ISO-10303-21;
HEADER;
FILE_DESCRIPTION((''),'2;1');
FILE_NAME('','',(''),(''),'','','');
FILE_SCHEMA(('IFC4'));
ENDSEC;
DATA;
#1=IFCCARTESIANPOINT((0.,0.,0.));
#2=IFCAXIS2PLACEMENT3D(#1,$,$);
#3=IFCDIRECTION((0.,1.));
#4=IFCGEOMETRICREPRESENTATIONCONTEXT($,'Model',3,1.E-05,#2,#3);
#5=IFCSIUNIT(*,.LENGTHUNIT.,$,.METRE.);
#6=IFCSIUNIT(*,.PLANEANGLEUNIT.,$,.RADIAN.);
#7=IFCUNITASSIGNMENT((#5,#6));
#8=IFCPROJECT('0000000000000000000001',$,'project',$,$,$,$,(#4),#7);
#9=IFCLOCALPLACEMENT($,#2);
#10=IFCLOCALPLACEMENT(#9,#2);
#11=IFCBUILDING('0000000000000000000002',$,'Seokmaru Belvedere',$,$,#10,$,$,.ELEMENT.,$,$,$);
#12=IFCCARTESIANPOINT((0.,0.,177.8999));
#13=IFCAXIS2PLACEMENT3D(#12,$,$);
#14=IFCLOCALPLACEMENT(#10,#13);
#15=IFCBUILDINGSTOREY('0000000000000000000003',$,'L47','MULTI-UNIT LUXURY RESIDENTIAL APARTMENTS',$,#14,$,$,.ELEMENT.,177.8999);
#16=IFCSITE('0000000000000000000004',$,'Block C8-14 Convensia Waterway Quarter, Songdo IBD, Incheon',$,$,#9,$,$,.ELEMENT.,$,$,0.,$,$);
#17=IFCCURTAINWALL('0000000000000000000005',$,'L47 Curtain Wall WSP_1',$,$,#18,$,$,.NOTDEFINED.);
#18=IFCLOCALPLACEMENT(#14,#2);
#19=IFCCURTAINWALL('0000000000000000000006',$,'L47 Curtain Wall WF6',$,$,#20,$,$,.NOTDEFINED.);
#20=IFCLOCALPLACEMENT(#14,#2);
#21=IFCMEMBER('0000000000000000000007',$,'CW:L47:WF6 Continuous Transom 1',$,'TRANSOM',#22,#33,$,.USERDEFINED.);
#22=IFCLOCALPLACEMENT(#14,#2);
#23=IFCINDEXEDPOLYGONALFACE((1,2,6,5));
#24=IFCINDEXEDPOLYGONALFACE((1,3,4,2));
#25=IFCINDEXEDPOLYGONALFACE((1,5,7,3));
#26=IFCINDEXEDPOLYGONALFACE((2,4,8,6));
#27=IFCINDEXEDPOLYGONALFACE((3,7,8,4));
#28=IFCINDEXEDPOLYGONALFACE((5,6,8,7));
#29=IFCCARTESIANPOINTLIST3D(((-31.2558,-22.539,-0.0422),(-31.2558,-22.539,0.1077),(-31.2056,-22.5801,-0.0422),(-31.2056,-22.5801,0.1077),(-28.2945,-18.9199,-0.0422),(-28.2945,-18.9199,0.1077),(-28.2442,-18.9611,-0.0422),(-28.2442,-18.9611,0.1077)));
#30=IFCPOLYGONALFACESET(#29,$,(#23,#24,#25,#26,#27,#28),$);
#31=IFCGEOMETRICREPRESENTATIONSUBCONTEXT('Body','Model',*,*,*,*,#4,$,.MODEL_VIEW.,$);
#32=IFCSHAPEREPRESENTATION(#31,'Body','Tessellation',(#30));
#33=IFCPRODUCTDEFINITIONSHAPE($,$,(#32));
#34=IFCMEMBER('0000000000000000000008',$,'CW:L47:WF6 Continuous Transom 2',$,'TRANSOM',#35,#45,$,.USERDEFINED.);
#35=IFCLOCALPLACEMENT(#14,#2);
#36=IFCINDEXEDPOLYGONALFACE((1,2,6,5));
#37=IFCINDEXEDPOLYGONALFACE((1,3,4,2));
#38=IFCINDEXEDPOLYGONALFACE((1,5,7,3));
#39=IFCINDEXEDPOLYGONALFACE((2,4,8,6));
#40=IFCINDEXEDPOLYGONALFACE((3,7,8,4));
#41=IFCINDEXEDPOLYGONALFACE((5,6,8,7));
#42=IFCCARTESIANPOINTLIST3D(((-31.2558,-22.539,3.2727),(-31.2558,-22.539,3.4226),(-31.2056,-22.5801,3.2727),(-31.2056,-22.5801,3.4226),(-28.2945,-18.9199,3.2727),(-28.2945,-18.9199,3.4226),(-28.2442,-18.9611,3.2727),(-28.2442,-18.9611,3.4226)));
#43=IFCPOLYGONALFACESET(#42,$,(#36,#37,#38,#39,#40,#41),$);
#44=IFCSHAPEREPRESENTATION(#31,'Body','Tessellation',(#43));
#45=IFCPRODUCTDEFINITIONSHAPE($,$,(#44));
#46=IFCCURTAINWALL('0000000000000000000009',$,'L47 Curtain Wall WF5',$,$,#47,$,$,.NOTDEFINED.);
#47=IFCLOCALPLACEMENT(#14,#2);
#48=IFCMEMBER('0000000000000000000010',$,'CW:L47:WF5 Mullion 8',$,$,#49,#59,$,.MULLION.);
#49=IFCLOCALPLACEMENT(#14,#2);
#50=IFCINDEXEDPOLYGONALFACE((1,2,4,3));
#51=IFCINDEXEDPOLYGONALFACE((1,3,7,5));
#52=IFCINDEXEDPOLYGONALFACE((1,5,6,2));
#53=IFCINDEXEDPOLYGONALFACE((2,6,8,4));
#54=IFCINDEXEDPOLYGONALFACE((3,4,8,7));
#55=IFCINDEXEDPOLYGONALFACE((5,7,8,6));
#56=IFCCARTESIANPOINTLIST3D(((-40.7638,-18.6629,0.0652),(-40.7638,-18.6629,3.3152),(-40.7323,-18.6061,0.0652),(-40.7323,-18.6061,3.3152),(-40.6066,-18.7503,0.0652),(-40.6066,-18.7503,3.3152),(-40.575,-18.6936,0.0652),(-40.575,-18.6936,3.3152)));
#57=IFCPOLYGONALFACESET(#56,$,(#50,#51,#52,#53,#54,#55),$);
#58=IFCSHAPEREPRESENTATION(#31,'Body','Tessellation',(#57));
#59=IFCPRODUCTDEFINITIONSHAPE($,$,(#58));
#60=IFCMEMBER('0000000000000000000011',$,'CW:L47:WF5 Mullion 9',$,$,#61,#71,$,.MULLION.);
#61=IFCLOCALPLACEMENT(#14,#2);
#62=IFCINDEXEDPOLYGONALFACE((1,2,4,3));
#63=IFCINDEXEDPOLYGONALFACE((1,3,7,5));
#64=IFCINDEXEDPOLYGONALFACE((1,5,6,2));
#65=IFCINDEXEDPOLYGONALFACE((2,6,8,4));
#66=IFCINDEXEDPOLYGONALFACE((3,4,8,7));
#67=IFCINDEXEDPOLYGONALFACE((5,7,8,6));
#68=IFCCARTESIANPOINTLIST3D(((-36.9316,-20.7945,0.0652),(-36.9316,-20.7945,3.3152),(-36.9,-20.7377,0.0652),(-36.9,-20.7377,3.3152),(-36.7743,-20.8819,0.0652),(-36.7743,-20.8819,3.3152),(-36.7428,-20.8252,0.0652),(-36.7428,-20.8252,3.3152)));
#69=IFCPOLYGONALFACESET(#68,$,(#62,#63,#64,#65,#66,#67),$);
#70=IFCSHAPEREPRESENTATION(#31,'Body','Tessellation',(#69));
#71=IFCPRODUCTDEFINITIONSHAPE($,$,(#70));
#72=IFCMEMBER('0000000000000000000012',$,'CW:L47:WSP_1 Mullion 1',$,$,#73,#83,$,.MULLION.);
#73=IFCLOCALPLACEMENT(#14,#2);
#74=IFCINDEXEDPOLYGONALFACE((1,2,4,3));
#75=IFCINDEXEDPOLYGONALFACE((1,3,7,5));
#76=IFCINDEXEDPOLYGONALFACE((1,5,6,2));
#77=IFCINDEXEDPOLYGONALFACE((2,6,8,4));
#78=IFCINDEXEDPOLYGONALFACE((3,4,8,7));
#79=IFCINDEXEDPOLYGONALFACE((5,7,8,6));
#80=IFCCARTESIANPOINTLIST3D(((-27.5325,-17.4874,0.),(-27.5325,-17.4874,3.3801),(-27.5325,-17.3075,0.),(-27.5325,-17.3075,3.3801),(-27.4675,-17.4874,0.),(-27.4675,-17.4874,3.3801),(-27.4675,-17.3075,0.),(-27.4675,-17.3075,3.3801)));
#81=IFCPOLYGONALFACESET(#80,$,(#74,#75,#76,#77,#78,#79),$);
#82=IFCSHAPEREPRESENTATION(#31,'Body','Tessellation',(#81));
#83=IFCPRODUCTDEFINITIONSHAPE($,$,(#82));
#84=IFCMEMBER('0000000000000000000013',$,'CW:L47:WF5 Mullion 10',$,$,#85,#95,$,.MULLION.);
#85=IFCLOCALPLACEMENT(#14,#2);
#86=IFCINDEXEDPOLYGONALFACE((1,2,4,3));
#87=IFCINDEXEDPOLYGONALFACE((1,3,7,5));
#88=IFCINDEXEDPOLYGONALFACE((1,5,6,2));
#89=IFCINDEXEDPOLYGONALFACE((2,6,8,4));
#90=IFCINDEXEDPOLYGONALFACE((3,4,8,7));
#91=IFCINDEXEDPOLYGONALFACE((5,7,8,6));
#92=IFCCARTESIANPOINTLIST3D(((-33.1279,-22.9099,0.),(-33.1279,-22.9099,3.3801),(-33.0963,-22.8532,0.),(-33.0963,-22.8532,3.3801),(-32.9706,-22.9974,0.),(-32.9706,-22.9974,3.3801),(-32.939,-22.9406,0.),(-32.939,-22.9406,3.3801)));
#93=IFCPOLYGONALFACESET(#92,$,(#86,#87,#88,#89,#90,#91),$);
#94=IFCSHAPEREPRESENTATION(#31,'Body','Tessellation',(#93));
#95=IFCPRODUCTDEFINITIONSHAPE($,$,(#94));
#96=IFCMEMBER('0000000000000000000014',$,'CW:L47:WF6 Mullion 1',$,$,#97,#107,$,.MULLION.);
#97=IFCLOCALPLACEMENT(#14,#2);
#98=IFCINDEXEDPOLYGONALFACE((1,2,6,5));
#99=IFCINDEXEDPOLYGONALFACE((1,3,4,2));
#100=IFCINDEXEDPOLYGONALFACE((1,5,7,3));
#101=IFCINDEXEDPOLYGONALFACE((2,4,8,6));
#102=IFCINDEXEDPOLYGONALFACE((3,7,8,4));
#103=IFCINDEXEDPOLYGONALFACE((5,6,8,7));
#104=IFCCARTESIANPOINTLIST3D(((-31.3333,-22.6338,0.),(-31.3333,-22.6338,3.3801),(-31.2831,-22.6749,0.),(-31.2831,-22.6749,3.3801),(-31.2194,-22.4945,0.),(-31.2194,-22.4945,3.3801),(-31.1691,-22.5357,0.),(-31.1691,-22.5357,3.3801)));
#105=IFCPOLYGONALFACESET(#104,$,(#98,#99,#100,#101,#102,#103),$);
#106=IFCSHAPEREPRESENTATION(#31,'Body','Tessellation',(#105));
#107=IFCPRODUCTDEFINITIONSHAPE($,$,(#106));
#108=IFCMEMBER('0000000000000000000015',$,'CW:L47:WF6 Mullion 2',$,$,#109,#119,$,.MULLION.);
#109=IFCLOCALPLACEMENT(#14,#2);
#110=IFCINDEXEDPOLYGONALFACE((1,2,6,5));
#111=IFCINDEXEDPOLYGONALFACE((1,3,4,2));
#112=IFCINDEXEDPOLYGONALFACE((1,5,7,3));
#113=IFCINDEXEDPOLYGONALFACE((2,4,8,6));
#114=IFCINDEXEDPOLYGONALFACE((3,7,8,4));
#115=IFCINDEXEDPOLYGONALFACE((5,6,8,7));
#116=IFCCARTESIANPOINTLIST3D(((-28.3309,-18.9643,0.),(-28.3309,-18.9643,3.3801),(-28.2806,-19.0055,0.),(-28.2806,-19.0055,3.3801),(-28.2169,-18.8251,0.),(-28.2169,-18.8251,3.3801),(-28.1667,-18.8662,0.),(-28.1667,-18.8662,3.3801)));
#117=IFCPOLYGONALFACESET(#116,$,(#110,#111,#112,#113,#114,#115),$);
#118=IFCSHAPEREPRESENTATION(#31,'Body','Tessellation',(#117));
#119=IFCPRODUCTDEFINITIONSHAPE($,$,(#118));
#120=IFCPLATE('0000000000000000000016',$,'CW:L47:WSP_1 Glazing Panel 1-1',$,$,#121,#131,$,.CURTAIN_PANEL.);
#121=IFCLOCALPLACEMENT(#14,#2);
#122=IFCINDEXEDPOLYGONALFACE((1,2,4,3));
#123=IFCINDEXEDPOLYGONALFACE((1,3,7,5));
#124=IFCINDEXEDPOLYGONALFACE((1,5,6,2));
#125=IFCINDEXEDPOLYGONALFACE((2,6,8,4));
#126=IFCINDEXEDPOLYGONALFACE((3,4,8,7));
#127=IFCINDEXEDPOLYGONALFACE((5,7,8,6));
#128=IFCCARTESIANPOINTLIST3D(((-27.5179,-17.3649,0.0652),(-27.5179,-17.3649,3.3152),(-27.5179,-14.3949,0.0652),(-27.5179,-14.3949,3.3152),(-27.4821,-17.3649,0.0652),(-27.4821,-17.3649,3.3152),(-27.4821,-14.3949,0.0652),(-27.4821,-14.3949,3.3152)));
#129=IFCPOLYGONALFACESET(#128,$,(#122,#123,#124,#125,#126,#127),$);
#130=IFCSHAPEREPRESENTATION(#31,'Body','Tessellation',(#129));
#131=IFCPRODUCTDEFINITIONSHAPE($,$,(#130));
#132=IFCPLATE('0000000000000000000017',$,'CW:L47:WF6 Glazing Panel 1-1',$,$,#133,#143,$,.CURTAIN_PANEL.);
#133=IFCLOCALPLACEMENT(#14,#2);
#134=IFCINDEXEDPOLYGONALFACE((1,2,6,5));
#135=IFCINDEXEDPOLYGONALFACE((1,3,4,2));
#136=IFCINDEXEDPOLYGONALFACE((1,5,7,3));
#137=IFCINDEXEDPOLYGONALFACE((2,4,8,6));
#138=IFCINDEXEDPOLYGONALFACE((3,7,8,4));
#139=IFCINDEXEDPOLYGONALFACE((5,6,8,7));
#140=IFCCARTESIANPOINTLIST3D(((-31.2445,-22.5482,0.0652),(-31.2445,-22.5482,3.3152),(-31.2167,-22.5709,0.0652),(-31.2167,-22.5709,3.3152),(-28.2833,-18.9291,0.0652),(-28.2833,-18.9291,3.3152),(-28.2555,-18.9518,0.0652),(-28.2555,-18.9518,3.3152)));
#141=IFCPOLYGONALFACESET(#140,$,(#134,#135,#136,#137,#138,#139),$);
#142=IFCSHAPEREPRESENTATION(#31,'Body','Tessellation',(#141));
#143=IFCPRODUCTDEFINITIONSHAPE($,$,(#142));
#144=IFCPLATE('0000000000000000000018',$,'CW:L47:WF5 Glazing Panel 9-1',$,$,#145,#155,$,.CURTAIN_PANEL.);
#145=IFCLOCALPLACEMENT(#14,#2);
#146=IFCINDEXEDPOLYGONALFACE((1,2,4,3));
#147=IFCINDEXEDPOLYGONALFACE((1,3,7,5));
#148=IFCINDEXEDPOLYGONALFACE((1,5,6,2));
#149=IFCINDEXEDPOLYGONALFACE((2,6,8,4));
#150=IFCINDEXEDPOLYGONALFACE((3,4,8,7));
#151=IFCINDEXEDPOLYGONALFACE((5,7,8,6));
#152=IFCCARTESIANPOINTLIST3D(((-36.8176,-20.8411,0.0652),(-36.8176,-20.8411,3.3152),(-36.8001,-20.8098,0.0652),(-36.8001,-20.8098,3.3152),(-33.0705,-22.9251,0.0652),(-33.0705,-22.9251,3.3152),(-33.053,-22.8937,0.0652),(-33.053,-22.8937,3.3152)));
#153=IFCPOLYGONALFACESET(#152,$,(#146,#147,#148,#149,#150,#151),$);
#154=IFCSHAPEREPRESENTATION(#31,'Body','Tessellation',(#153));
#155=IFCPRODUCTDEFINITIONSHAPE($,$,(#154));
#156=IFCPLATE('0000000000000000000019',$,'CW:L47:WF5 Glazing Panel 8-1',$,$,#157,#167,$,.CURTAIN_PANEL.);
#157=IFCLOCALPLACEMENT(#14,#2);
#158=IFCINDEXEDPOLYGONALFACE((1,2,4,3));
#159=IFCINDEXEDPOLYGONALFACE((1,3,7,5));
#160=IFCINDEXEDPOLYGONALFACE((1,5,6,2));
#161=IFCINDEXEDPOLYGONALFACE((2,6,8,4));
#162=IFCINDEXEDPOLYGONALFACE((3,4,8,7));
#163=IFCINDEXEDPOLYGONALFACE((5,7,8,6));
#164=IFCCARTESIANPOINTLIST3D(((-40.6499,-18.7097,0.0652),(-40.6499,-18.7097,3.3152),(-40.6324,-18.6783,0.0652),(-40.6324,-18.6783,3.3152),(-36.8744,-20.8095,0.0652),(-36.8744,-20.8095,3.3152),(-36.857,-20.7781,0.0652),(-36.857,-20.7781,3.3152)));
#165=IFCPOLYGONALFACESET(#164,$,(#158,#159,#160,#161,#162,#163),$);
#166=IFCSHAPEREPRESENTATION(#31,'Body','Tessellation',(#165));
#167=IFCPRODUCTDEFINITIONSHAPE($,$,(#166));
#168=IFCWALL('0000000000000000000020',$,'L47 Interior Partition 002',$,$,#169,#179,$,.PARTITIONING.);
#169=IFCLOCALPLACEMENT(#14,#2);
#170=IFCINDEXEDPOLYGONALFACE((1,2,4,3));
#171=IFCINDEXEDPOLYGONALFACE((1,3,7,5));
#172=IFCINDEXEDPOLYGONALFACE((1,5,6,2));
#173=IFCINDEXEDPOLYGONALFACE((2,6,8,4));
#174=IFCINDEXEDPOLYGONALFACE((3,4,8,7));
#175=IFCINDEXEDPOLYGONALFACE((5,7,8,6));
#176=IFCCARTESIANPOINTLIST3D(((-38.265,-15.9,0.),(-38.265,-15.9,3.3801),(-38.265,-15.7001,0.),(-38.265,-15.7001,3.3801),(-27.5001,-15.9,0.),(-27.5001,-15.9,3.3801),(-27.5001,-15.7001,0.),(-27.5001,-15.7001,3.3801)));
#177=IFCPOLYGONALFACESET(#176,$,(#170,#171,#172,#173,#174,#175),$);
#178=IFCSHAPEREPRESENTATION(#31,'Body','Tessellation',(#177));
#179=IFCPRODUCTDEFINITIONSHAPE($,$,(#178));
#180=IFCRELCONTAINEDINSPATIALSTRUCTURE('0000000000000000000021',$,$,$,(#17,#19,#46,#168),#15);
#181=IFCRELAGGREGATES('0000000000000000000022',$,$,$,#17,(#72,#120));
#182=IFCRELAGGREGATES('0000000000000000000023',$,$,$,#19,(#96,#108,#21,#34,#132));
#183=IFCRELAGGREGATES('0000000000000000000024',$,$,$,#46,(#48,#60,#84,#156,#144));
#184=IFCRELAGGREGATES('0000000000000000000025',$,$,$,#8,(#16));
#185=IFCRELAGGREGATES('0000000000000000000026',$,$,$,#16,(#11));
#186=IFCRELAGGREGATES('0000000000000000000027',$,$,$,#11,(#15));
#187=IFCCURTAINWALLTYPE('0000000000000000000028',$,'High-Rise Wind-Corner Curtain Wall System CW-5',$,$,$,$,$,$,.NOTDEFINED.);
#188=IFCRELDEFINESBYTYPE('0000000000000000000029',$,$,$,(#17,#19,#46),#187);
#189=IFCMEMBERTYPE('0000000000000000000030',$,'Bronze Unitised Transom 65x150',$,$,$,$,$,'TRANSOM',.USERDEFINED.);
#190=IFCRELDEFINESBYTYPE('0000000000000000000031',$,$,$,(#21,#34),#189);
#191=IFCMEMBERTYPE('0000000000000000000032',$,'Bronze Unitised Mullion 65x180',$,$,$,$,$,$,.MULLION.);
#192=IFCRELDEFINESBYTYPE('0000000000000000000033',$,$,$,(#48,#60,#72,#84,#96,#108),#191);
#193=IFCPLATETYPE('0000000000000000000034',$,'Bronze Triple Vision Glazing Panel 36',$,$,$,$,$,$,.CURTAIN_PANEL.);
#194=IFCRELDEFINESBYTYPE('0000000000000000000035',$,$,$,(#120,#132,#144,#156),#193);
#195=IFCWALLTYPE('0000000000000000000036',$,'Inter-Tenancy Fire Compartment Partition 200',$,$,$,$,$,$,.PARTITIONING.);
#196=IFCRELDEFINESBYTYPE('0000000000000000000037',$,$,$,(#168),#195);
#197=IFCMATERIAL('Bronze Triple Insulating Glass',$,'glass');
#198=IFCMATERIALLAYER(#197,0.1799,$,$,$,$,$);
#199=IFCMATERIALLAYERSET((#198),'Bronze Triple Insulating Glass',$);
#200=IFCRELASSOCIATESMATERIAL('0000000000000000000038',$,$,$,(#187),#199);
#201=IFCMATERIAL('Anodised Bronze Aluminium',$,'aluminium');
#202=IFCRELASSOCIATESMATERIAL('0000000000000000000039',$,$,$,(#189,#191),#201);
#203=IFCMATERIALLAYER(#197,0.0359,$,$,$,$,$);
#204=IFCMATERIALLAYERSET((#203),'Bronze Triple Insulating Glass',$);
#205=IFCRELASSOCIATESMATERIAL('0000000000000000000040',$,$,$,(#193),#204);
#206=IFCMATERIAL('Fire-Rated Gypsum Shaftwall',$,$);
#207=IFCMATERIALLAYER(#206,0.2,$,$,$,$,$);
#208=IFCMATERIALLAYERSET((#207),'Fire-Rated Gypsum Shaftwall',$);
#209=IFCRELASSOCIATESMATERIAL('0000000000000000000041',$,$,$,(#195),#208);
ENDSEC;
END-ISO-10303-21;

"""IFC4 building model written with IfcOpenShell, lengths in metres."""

from ifc_helpers import new_model, si_unit, direction, frame, frame_2d, origin, origin_2d, place, context, subcontext, project, spatial, rectangle, extrude, source, transform, mapped, material, layer, layer_set, material_profile, profile_set, type_object, type_shapes, element, aggregate, save


model = new_model("IFC4")

# Units and contexts
model_context = context("Model", 3, precision=1e-05, world=origin(), true_north=direction((0.0, 1.0)))
body_context = subcontext(model_context, "Body", "Model", "MODEL_VIEW")
ifc_project = project(units=[si_unit("LENGTHUNIT", "METRE"), si_unit("PLANEANGLEUNIT", "RADIAN")], contexts=[model_context])

# Site, building, storey
site_placement = place(None, origin())
site = spatial("IfcSite", under=ifc_project, at=site_placement, Name="Block C8-14 Convensia Waterway Quarter, Songdo IBD, Incheon", CompositionType="ELEMENT", RefElevation=0.0)
building_placement = place(site_placement, origin())
building = spatial("IfcBuilding", under=site, at=building_placement, Name="Seokmaru Belvedere", CompositionType="ELEMENT")
storey_placement = place(building_placement, frame((0.0, 0.0, 177.8999)))
storey = spatial("IfcBuildingStorey", under=building, at=storey_placement, Name="L47", Description="MULTI-UNIT LUXURY RESIDENTIAL APARTMENTS", CompositionType="ELEMENT", Elevation=177.8999)

# Curtain walls, members
ifc_material_1 = material(Name="Bronze Triple Insulating Glass", Category="glass")
ifc_layer_1 = layer(ifc_material_1, 0.1799)
ifc_layer_set_1 = layer_set([ifc_layer_1], Name="Bronze Triple Insulating Glass")
curtain_wall_type = type_object("IfcCurtainWallType", Name="High-Rise Wind-Corner Curtain Wall System CW-5", PredefinedType="NOTDEFINED", material=ifc_layer_set_1)
curtain_wall_1_placement = place(storey_placement, origin())
curtain_wall_1 = element("IfcCurtainWall", 1, at=curtain_wall_1_placement, inside=storey, type_object=curtain_wall_type, Name="L47 Curtain Wall WSP_1", PredefinedType="NOTDEFINED")
ifc_material_2 = material(Name="Anodised Bronze Aluminium", Category="aluminium")
ifc_material_profile_1 = material_profile(ifc_material_2, rectangle(XDim=0.0649, YDim=0.1499, at=origin_2d()), Name="CW-T-65x150")
ifc_profile_set_1 = profile_set([ifc_material_profile_1], Name="Anodised Bronze Aluminium")
member_type_1 = type_object("IfcMemberType", Name="Bronze Unitised Transom 65x150", ElementType="TRANSOM", PredefinedType="USERDEFINED", material=ifc_profile_set_1)
curtain_wall_2_placement = place(storey_placement, origin())
curtain_wall_2 = element("IfcCurtainWall", 2, at=curtain_wall_2_placement, inside=storey, type_object=curtain_wall_type, Name="L47 Curtain Wall WF6", PredefinedType="NOTDEFINED")
shared_shape_1 = source(origin(), body_context, "Body", "SweptSolid", [
    extrude(rectangle(XDim=0.0649, YDim=0.1499, at=origin_2d()), origin(), (0.0, 0.0, 1.0), 4.6763),
])
member_1_placement = place(storey_placement, frame((-31.2307, -22.5596, 0.0327), z_axis=(0.633278, 0.773925, 0.0), x_axis=(-0.773925, 0.633278, 0.0)))
member_1 = element("IfcMember", 3, at=member_1_placement, type_object=member_type_1, Name="CW:L47:WF6 Continuous Transom 1", ObjectType="TRANSOM", PredefinedType="USERDEFINED", context=body_context, shape_type="MappedRepresentation", body=[
    mapped(shared_shape_1, transform((0.0, 0.0, 0.0), scale=1.0)),
])
member_2_placement = place(storey_placement, frame((-31.2307, -22.5596, 3.3477), z_axis=(0.633278, 0.773925, 0.0), x_axis=(-0.773925, 0.633278, 0.0)))
member_2 = element("IfcMember", 4, at=member_2_placement, type_object=member_type_1, Name="CW:L47:WF6 Continuous Transom 2", ObjectType="TRANSOM", PredefinedType="USERDEFINED", context=body_context, shape_type="MappedRepresentation", body=[
    mapped(shared_shape_1, transform((0.0, 0.0, 0.0), scale=1.0)),
])
curtain_wall_3_placement = place(storey_placement, origin())
curtain_wall_3 = element("IfcCurtainWall", 5, at=curtain_wall_3_placement, inside=storey, type_object=curtain_wall_type, Name="L47 Curtain Wall WF5", PredefinedType="NOTDEFINED")
ifc_material_profile_2 = material_profile(ifc_material_2, rectangle(XDim=0.0649, YDim=0.1799, at=origin_2d()), Name="CW-M-65x180")
ifc_profile_set_2 = profile_set([ifc_material_profile_2], Name="Anodised Bronze Aluminium")
member_type_2 = type_object("IfcMemberType", Name="Bronze Unitised Mullion 65x180", PredefinedType="MULLION", material=ifc_profile_set_2)
shared_shape_2 = source(origin(), body_context, "Body", "SweptSolid", [
    extrude(rectangle(XDim=0.0649, YDim=0.1799, at=origin_2d()), origin(), (0.0, 0.0, 1.0), 3.25),
])
member_3_placement = place(storey_placement, frame((-40.6694, -18.6782, 0.0652), z_axis=(0.0, 0.0, 1.0), x_axis=(0.486047, 0.873933, 0.0)))
member_3 = element("IfcMember", 6, at=member_3_placement, type_object=member_type_2, Name="CW:L47:WF5 Mullion 8", PredefinedType="MULLION", context=body_context, shape_type="MappedRepresentation", body=[
    mapped(shared_shape_2, transform((0.0, 0.0, 0.0), scale=1.0)),
])
member_4_placement = place(storey_placement, frame((-36.8372, -20.8098, 0.0652), z_axis=(0.0, 0.0, 1.0), x_axis=(0.486047, 0.873933, 0.0)))
member_4 = element("IfcMember", 7, at=member_4_placement, type_object=member_type_2, Name="CW:L47:WF5 Mullion 9", PredefinedType="MULLION", context=body_context, shape_type="MappedRepresentation", body=[
    mapped(shared_shape_2, transform((0.0, 0.0, 0.0), scale=1.0)),
])

# Members
shared_shape_3 = source(origin(), body_context, "Body", "SweptSolid", [
    extrude(rectangle(XDim=0.0649, YDim=0.1799, at=origin_2d()), origin(), (0.0, 0.0, 1.0), 3.3801),
])
type_shapes(member_type_2, [shared_shape_2, shared_shape_3])
member_5_placement = place(storey_placement, frame((-27.5, -17.3975, 0.0), z_axis=(0.0, 0.0, 1.0), x_axis=(-1.0, 0.0, 0.0)))
member_5 = element("IfcMember", 8, at=member_5_placement, type_object=member_type_2, Name="CW:L47:WSP_1 Mullion 1", PredefinedType="MULLION", context=body_context, shape_type="MappedRepresentation", body=[
    mapped(shared_shape_3, transform((0.0, 0.0, 0.0), scale=1.0)),
])
member_6_placement = place(storey_placement, frame((-33.0334, -22.9253, 0.0), z_axis=(0.0, 0.0, 1.0), x_axis=(0.486047, 0.873933, 0.0)))
member_6 = element("IfcMember", 9, at=member_6_placement, type_object=member_type_2, Name="CW:L47:WF5 Mullion 10", PredefinedType="MULLION", context=body_context, shape_type="MappedRepresentation", body=[
    mapped(shared_shape_3, transform((0.0, 0.0, 0.0), scale=1.0)),
])
member_7_placement = place(storey_placement, frame((-31.2512, -22.5847, 0.0), z_axis=(0.0, 0.0, 1.0), x_axis=(-0.773944, 0.633254, 0.0)))
member_7 = element("IfcMember", 10, at=member_7_placement, type_object=member_type_2, Name="CW:L47:WF6 Mullion 1", PredefinedType="MULLION", context=body_context, shape_type="MappedRepresentation", body=[
    mapped(shared_shape_3, transform((0.0, 0.0, 0.0), scale=1.0)),
])
member_8_placement = place(storey_placement, frame((-28.2488, -18.9153, 0.0), z_axis=(0.0, 0.0, 1.0), x_axis=(-0.773944, 0.633254, 0.0)))
member_8 = element("IfcMember", 11, at=member_8_placement, type_object=member_type_2, Name="CW:L47:WF6 Mullion 2", PredefinedType="MULLION", context=body_context, shape_type="MappedRepresentation", body=[
    mapped(shared_shape_3, transform((0.0, 0.0, 0.0), scale=1.0)),
])

# Plates
ifc_layer_2 = layer(ifc_material_1, 0.0359)
ifc_layer_set_2 = layer_set([ifc_layer_2], Name="Bronze Triple Insulating Glass")
plate_type = type_object("IfcPlateType", Name="Bronze Triple Vision Glazing Panel 36", PredefinedType="CURTAIN_PANEL", material=ifc_layer_set_2)
shared_shape_4 = source(origin(), body_context, "Body", "SweptSolid", [
    extrude(rectangle(XDim=2.97, YDim=0.0359, at=origin_2d()), origin(), (0.0, 0.0, 1.0), 3.25),
])
plate_1_placement = place(storey_placement, frame((-27.5, -15.8799, 0.0652), z_axis=(0.0, 0.0, 1.0), x_axis=(0.0, 1.0, 0.0)))
plate_1 = element("IfcPlate", 12, at=plate_1_placement, type_object=plate_type, Name="CW:L47:WSP_1 Glazing Panel 1-1", PredefinedType="CURTAIN_PANEL", context=body_context, shape_type="MappedRepresentation", body=[
    mapped(shared_shape_4, transform((0.0, 0.0, 0.0), scale=1.0)),
])
aggregate(curtain_wall_1, [member_5, plate_1])
shared_shape_5 = source(origin(), body_context, "Body", "SweptSolid", [
    extrude(rectangle(XDim=4.6763, YDim=0.0359, at=origin_2d()), origin(), (0.0, 0.0, 1.0), 3.25),
])
plate_2_placement = place(storey_placement, frame((-29.75, -20.75, 0.0652), z_axis=(0.0, 0.0, 1.0), x_axis=(0.633254, 0.773944, 0.0)))
plate_2 = element("IfcPlate", 13, at=plate_2_placement, type_object=plate_type, Name="CW:L47:WF6 Glazing Panel 1-1", PredefinedType="CURTAIN_PANEL", context=body_context, shape_type="MappedRepresentation", body=[
    mapped(shared_shape_5, transform((0.0, 0.0, 0.0), scale=1.0)),
])
aggregate(curtain_wall_2, [member_7, member_8, member_1, member_2, plate_2])
shared_shape_6 = source(origin(), body_context, "Body", "SweptSolid", [
    extrude(rectangle(XDim=4.2876, YDim=0.0359, at=origin_2d()), origin(), (0.0, 0.0, 1.0), 3.25),
])
plate_3_placement = place(storey_placement, frame((-34.9353, -21.8674, 0.0652), z_axis=(0.0, 0.0, 1.0), x_axis=(0.873933, -0.486047, 0.0)))
plate_3 = element("IfcPlate", 14, at=plate_3_placement, type_object=plate_type, Name="CW:L47:WF5 Glazing Panel 9-1", PredefinedType="CURTAIN_PANEL", context=body_context, shape_type="MappedRepresentation", body=[
    mapped(shared_shape_6, transform((0.0, 0.0, 0.0), scale=1.0)),
])
shared_shape_7 = source(origin(), body_context, "Body", "SweptSolid", [
    extrude(rectangle(XDim=4.3201, YDim=0.0359, at=origin_2d()), origin(), (0.0, 0.0, 1.0), 3.25),
])
type_shapes(plate_type, [shared_shape_4, shared_shape_5, shared_shape_6, shared_shape_7])
plate_4_placement = place(storey_placement, frame((-38.7534, -19.7439, 0.0652), z_axis=(0.0, 0.0, 1.0), x_axis=(0.873933, -0.486047, 0.0)))
plate_4 = element("IfcPlate", 15, at=plate_4_placement, type_object=plate_type, Name="CW:L47:WF5 Glazing Panel 8-1", PredefinedType="CURTAIN_PANEL", context=body_context, shape_type="MappedRepresentation", body=[
    mapped(shared_shape_7, transform((0.0, 0.0, 0.0), scale=1.0)),
])
aggregate(curtain_wall_3, [member_3, member_4, member_6, plate_4, plate_3])

# Shared definitions
ifc_material_3 = material(Name="Fire-Rated Gypsum Shaftwall")

# Wall
ifc_layer_3 = layer(ifc_material_3, 0.2)
ifc_layer_set_3 = layer_set([ifc_layer_3], Name="Fire-Rated Gypsum Shaftwall")
wall_type_1 = type_object("IfcWallType", Name="Inter-Tenancy Fire Compartment Partition 200", PredefinedType="PARTITIONING", material=ifc_layer_set_3)
wall_1_placement = place(storey_placement, frame((-38.2649, -15.8, 0.0), z_axis=(0.0, 0.0, 1.0), x_axis=(1.0, 0.0, 0.0)))
element("IfcWall", 16, at=wall_1_placement, inside=storey, type_object=wall_type_1, Name="L47 Interior Partition 002", PredefinedType="PARTITIONING", context=body_context, shape_type="SweptSolid", body=[
    extrude(rectangle(XDim=10.7649, YDim=0.2, at=frame_2d((5.3823, 0.0))), origin(), (0.0, 0.0, 1.0), 3.3801),
])

save(model, "model.ifc")
